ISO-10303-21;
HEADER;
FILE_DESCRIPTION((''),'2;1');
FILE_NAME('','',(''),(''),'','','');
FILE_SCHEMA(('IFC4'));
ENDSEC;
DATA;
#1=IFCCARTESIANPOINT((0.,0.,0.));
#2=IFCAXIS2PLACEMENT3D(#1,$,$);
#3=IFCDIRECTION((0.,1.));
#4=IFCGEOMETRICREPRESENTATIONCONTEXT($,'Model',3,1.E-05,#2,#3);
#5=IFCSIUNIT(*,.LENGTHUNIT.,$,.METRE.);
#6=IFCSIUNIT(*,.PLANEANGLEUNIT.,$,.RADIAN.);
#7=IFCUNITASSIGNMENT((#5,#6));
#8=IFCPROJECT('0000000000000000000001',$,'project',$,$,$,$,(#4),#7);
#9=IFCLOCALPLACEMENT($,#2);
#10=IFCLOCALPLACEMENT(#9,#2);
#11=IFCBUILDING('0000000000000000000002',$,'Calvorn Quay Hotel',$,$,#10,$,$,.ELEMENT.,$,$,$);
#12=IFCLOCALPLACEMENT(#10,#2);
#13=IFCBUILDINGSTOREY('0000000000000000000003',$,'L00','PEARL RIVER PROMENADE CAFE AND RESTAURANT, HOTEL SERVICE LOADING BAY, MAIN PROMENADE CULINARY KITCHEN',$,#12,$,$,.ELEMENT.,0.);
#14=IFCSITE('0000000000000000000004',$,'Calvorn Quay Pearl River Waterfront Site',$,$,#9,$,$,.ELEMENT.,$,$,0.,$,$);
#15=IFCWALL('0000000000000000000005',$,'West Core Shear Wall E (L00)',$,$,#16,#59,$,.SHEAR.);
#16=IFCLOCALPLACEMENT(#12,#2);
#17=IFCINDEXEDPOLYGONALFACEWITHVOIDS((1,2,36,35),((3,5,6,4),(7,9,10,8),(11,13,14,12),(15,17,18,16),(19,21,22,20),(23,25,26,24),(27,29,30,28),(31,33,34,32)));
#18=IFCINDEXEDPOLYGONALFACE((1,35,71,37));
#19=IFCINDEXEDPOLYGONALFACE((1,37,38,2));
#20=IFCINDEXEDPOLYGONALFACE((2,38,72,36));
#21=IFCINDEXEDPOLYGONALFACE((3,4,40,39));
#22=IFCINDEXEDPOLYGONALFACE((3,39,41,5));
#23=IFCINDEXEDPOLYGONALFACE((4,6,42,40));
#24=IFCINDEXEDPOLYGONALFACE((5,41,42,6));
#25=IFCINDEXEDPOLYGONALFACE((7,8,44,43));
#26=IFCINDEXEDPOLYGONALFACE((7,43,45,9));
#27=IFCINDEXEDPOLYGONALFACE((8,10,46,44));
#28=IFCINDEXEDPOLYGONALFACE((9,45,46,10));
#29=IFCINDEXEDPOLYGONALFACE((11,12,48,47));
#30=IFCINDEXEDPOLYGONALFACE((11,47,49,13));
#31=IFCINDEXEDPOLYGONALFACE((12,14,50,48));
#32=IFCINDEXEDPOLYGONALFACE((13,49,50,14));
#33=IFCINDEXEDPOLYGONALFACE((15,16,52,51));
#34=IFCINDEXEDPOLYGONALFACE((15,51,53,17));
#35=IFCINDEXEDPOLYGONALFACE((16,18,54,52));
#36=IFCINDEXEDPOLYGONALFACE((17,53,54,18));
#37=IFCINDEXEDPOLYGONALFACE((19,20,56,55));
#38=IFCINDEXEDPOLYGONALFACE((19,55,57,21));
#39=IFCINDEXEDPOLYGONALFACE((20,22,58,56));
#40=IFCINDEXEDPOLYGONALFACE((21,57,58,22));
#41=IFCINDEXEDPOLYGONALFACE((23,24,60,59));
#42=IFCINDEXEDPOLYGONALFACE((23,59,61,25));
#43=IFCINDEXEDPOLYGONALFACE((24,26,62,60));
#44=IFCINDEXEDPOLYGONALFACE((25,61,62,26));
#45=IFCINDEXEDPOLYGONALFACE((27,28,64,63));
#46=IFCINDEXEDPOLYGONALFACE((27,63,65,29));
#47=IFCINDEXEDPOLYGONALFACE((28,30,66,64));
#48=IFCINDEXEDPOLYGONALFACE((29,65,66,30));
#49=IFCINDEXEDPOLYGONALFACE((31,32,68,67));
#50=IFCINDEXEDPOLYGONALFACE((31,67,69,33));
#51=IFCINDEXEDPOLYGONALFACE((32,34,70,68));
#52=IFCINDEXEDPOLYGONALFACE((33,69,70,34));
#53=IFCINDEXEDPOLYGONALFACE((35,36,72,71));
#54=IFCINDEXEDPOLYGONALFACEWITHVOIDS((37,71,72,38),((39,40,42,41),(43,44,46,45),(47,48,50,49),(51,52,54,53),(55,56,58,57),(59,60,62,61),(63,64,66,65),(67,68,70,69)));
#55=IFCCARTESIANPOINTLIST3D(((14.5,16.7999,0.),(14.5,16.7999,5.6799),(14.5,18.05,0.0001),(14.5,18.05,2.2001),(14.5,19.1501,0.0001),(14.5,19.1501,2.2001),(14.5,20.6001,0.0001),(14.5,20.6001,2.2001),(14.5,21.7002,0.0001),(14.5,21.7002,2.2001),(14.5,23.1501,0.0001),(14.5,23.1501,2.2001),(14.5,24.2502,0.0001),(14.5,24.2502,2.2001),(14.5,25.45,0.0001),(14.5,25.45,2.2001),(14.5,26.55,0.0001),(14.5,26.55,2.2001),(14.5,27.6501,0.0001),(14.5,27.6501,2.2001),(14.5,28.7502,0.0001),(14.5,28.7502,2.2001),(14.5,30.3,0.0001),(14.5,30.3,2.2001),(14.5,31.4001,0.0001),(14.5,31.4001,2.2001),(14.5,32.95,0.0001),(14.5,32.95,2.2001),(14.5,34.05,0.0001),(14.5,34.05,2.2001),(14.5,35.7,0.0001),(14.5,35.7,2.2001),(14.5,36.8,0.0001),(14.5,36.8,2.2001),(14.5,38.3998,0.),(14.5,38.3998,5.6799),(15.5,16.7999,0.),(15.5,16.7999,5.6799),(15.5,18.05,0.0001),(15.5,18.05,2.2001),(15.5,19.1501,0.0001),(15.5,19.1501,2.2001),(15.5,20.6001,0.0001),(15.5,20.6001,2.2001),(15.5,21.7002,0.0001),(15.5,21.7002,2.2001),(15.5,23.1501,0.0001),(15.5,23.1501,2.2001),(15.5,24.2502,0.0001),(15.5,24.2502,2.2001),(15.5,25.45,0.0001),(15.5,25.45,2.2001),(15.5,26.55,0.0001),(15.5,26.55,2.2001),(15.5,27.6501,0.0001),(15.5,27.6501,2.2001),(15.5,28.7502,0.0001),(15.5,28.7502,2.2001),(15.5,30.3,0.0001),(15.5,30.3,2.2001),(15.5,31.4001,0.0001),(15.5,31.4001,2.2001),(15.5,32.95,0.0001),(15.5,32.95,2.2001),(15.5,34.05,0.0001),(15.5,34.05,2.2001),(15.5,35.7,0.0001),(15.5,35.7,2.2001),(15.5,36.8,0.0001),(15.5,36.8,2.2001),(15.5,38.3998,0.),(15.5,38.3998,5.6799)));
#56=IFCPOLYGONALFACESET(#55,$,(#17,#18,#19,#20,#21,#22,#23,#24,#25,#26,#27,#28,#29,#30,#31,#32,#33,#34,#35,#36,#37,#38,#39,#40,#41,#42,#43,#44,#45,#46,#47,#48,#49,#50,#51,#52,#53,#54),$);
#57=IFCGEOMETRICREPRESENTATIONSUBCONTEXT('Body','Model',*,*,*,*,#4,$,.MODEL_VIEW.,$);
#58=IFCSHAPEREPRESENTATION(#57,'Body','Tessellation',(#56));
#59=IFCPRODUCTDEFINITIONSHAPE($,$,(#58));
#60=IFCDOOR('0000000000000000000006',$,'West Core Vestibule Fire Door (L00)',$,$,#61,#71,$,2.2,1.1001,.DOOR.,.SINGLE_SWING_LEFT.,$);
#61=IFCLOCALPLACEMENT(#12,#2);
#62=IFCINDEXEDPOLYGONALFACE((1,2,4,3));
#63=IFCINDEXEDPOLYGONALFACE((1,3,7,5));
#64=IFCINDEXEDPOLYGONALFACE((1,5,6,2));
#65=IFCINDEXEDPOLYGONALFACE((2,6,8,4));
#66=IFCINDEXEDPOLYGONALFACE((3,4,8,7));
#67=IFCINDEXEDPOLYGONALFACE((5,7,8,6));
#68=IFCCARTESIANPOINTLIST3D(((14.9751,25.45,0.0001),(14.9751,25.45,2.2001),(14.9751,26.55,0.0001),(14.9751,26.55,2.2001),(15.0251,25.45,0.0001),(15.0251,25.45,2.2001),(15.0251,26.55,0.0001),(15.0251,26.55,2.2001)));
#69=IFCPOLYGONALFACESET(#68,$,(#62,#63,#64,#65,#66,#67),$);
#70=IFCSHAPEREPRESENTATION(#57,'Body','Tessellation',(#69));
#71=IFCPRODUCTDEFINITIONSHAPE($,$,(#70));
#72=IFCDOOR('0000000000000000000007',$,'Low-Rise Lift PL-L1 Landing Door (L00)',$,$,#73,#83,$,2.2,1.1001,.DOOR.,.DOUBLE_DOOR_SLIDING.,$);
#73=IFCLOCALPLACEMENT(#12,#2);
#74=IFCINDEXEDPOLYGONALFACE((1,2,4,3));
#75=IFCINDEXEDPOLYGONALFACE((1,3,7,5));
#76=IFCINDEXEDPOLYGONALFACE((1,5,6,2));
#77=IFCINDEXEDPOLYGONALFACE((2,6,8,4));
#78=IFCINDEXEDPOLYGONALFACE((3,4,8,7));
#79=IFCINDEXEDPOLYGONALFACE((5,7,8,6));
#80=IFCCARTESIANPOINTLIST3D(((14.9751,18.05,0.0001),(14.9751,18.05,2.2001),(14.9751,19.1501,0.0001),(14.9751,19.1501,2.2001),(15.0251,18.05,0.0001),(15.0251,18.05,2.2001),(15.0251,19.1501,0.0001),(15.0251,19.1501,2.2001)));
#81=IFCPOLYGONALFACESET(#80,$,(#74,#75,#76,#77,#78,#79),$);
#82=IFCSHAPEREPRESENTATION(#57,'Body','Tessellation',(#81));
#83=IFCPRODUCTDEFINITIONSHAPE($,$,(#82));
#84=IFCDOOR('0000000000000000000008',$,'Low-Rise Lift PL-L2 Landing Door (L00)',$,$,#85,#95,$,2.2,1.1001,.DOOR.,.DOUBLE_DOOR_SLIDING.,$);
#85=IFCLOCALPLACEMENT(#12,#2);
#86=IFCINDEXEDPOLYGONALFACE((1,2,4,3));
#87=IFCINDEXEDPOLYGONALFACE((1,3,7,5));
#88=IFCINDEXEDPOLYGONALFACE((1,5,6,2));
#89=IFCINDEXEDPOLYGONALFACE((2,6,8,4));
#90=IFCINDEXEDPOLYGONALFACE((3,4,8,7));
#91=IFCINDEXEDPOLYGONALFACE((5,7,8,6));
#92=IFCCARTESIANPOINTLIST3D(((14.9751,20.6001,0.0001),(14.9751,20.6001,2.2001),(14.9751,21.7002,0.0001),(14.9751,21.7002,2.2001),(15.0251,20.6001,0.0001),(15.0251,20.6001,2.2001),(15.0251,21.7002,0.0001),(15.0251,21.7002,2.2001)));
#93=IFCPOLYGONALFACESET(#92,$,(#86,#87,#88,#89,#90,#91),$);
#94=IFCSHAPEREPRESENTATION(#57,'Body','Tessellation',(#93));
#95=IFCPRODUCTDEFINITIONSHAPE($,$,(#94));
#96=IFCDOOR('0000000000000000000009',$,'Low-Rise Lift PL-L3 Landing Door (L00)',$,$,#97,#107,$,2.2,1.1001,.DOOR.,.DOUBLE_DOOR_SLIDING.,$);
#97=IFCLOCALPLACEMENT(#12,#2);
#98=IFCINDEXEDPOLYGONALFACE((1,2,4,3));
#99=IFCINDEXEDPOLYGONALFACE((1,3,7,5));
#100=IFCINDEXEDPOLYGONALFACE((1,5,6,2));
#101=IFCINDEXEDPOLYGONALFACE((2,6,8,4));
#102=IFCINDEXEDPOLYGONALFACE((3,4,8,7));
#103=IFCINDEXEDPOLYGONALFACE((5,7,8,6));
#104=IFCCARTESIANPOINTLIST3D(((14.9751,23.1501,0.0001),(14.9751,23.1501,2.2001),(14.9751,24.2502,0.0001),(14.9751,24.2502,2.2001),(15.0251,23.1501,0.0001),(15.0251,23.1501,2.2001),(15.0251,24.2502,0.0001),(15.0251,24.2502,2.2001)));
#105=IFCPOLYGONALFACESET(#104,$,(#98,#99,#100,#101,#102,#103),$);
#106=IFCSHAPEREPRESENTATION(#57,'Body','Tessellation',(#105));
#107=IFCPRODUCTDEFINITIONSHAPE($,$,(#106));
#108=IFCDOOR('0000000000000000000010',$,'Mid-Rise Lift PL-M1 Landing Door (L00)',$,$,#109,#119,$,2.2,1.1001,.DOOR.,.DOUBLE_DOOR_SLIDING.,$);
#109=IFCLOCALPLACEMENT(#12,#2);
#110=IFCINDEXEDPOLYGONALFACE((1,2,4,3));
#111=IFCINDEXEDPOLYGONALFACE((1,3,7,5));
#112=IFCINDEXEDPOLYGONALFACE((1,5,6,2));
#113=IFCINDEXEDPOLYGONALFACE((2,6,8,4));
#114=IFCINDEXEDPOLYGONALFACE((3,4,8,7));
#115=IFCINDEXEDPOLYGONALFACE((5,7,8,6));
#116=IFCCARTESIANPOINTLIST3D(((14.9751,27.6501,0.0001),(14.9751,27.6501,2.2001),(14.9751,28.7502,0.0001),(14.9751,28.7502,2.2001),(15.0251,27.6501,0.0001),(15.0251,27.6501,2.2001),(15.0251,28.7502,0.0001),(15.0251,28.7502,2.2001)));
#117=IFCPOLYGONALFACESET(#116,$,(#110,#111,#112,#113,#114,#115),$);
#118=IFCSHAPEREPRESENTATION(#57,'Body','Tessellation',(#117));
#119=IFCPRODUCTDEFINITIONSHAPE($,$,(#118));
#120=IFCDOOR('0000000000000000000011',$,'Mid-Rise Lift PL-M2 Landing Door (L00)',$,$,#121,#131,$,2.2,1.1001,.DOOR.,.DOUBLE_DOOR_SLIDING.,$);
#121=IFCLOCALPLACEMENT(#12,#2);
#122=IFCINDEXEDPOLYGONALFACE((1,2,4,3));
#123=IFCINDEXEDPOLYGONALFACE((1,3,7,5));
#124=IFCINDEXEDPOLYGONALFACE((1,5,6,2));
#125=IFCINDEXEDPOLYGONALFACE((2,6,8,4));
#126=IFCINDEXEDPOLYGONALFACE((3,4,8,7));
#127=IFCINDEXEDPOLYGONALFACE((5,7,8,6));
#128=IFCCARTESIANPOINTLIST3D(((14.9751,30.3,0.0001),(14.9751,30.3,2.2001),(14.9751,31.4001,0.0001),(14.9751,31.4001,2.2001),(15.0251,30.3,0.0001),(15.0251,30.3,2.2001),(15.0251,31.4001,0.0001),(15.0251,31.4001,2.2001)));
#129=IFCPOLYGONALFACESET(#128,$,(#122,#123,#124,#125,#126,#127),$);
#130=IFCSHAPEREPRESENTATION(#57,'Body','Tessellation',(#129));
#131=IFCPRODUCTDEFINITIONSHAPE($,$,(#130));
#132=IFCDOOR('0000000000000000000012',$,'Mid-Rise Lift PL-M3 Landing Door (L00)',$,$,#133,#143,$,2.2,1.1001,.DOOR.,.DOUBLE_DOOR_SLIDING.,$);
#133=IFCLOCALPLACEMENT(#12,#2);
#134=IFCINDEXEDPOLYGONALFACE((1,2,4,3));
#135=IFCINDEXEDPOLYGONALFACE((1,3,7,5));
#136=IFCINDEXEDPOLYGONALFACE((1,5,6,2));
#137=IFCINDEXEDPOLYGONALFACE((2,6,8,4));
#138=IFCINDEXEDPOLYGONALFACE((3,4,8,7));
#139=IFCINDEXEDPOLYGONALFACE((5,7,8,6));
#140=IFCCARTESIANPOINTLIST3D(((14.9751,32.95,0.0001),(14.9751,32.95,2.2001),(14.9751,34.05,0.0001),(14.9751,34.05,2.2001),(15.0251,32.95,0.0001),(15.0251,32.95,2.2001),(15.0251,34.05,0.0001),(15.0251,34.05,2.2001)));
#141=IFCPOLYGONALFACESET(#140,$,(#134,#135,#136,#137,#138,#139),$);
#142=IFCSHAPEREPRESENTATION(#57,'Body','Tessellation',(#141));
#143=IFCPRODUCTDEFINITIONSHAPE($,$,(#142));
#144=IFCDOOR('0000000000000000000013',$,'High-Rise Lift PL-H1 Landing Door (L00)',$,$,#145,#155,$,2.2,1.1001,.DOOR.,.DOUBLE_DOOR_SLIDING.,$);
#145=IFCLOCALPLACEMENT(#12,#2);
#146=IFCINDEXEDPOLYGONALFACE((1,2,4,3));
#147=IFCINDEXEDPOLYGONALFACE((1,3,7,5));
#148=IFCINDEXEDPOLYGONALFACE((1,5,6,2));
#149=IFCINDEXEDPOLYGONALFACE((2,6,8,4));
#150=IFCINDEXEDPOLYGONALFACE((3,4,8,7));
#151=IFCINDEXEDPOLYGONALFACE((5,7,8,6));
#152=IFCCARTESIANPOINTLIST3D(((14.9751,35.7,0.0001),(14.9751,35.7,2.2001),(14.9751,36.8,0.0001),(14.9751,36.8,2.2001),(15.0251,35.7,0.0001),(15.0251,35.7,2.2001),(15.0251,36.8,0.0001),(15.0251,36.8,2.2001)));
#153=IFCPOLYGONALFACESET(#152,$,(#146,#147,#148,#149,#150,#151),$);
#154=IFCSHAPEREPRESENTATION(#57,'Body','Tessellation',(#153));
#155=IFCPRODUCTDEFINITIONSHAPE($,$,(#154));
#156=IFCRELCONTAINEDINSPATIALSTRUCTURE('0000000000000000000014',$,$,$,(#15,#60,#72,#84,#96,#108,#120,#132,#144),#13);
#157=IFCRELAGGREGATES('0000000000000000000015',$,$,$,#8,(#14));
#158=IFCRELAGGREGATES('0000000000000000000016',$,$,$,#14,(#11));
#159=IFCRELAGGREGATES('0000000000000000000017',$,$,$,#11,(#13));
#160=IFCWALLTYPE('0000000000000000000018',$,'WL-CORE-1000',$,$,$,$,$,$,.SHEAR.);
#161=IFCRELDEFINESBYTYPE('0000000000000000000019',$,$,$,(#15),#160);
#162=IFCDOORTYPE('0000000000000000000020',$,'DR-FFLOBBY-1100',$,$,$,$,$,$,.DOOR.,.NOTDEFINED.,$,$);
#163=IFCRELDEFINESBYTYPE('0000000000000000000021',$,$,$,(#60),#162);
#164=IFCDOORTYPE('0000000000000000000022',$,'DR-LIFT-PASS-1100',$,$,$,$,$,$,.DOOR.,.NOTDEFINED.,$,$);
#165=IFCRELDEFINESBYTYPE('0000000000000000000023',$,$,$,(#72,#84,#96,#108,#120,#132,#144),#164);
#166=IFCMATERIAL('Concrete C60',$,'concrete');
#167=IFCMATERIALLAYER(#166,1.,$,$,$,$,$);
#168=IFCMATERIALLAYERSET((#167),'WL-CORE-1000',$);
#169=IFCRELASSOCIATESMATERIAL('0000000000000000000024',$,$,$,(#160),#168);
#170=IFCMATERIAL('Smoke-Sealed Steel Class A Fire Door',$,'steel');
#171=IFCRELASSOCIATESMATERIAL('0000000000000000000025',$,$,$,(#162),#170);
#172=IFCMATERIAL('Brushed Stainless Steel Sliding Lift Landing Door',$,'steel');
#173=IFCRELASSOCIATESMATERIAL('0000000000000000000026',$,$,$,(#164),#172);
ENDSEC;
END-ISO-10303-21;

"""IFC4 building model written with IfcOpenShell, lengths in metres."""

from ifc_helpers import new_model, si_unit, direction, frame, frame_2d, origin, place, context, subcontext, project, spatial, rectangle, extrude, material, layer, layer_set, type_object, element, fill, save


model = new_model("IFC4")

# Units and contexts
model_context = context("Model", 3, precision=1e-05, world=origin(), true_north=direction((0.0, 1.0)))
body_context = subcontext(model_context, "Body", "Model", "MODEL_VIEW")
ifc_project = project(units=[si_unit("LENGTHUNIT", "METRE"), si_unit("PLANEANGLEUNIT", "RADIAN")], contexts=[model_context])

# Site, building, storey
site_placement = place(None, origin())
site = spatial("IfcSite", under=ifc_project, at=site_placement, Name="Calvorn Quay Pearl River Waterfront Site", CompositionType="ELEMENT", RefElevation=0.0)
building_placement = place(site_placement, origin())
building = spatial("IfcBuilding", under=site, at=building_placement, Name="Calvorn Quay Hotel", CompositionType="ELEMENT")
storey_placement = place(building_placement, origin())
storey = spatial("IfcBuildingStorey", under=building, at=storey_placement, Name="L00", Description="PEARL RIVER PROMENADE CAFE AND RESTAURANT, HOTEL SERVICE LOADING BAY, MAIN PROMENADE CULINARY KITCHEN", CompositionType="ELEMENT", Elevation=0.0)

# Wall, openings, doors
ifc_material_1 = material(Name="Concrete C60", Category="concrete")
ifc_layer_1 = layer(ifc_material_1, 1.0)
ifc_layer_set_1 = layer_set([ifc_layer_1], Name="WL-CORE-1000")
wall_type_1 = type_object("IfcWallType", Name="WL-CORE-1000", PredefinedType="SHEAR", material=ifc_layer_set_1)
wall_1_placement = place(storey_placement, frame((15.0, 16.8, 0.0), z_axis=(0.0, 0.0, 1.0), x_axis=(0.0, 1.0, 0.0)))
wall_1 = element("IfcWall", 1, at=wall_1_placement, inside=storey, type_object=wall_type_1, Name="West Core Shear Wall E (L00)", PredefinedType="SHEAR", context=body_context, shape_type="SweptSolid", body=[
    extrude(rectangle(XDim=21.5999, YDim=1.0, at=frame_2d((10.7998, 0.0))), origin(), (0.0, 0.0, 1.0), 5.6799),
])
opening_1_placement = place(wall_1_placement, frame((8.6499, 0.0, 0.0)))
opening_1 = element("IfcOpeningElement", 2, at=opening_1_placement, cuts=wall_1, PredefinedType="OPENING", context=body_context, shape_type="SweptSolid", body=[
    extrude(rectangle(XDim=1.1001, YDim=2.2, at=frame_2d((0.55, 1.1001))), frame((0.0, 0.51, 0.0), z_axis=(0.0, -1.0, 0.0), x_axis=(1.0, 0.0, 0.0)), (0.0, 0.0, 1.0), 1.02),
])
opening_2_placement = place(wall_1_placement, frame((1.25, 0.0, 0.0)))
opening_2 = element("IfcOpeningElement", 3, at=opening_2_placement, cuts=wall_1, PredefinedType="OPENING", context=body_context, shape_type="SweptSolid", body=[
    extrude(rectangle(XDim=1.1001, YDim=2.2, at=frame_2d((0.55, 1.1001))), frame((0.0, 0.51, 0.0), z_axis=(0.0, -1.0, 0.0), x_axis=(1.0, 0.0, 0.0)), (0.0, 0.0, 1.0), 1.02),
])
opening_3_placement = place(wall_1_placement, frame((3.8, 0.0, 0.0)))
opening_3 = element("IfcOpeningElement", 4, at=opening_3_placement, cuts=wall_1, PredefinedType="OPENING", context=body_context, shape_type="SweptSolid", body=[
    extrude(rectangle(XDim=1.1001, YDim=2.2, at=frame_2d((0.55, 1.1001))), frame((0.0, 0.51, 0.0), z_axis=(0.0, -1.0, 0.0), x_axis=(1.0, 0.0, 0.0)), (0.0, 0.0, 1.0), 1.02),
])
opening_4_placement = place(wall_1_placement, frame((6.3501, 0.0, 0.0)))
opening_4 = element("IfcOpeningElement", 5, at=opening_4_placement, cuts=wall_1, PredefinedType="OPENING", context=body_context, shape_type="SweptSolid", body=[
    extrude(rectangle(XDim=1.1001, YDim=2.2, at=frame_2d((0.55, 1.1001))), frame((0.0, 0.51, 0.0), z_axis=(0.0, -1.0, 0.0), x_axis=(1.0, 0.0, 0.0)), (0.0, 0.0, 1.0), 1.02),
])
opening_5_placement = place(wall_1_placement, frame((10.8501, 0.0, 0.0)))
opening_5 = element("IfcOpeningElement", 6, at=opening_5_placement, cuts=wall_1, PredefinedType="OPENING", context=body_context, shape_type="SweptSolid", body=[
    extrude(rectangle(XDim=1.1001, YDim=2.2, at=frame_2d((0.55, 1.1001))), frame((0.0, 0.51, 0.0), z_axis=(0.0, -1.0, 0.0), x_axis=(1.0, 0.0, 0.0)), (0.0, 0.0, 1.0), 1.02),
])
opening_6_placement = place(wall_1_placement, frame((13.5, 0.0, 0.0)))
opening_6 = element("IfcOpeningElement", 7, at=opening_6_placement, cuts=wall_1, PredefinedType="OPENING", context=body_context, shape_type="SweptSolid", body=[
    extrude(rectangle(XDim=1.1001, YDim=2.2, at=frame_2d((0.55, 1.1001))), frame((0.0, 0.51, 0.0), z_axis=(0.0, -1.0, 0.0), x_axis=(1.0, 0.0, 0.0)), (0.0, 0.0, 1.0), 1.02),
])
opening_7_placement = place(wall_1_placement, frame((16.1499, 0.0, 0.0)))
opening_7 = element("IfcOpeningElement", 8, at=opening_7_placement, cuts=wall_1, PredefinedType="OPENING", context=body_context, shape_type="SweptSolid", body=[
    extrude(rectangle(XDim=1.1001, YDim=2.2, at=frame_2d((0.55, 1.1001))), frame((0.0, 0.51, 0.0), z_axis=(0.0, -1.0, 0.0), x_axis=(1.0, 0.0, 0.0)), (0.0, 0.0, 1.0), 1.02),
])
opening_8_placement = place(wall_1_placement, frame((18.8999, 0.0, 0.0)))
opening_8 = element("IfcOpeningElement", 9, at=opening_8_placement, cuts=wall_1, PredefinedType="OPENING", context=body_context, shape_type="SweptSolid", body=[
    extrude(rectangle(XDim=1.1001, YDim=2.2, at=frame_2d((0.55, 1.1001))), frame((0.0, 0.51, 0.0), z_axis=(0.0, -1.0, 0.0), x_axis=(1.0, 0.0, 0.0)), (0.0, 0.0, 1.0), 1.02),
])
ifc_material_2 = material(Name="Smoke-Sealed Steel Class A Fire Door", Category="steel")
door_type_1 = type_object("IfcDoorType", Name="DR-FFLOBBY-1100", OperationType="NOTDEFINED", PredefinedType="DOOR", material=ifc_material_2)
door_1_placement = place(opening_1_placement, origin())
door_1 = element("IfcDoor", 10, at=door_1_placement, inside=storey, type_object=door_type_1, Name="West Core Vestibule Fire Door (L00)", OperationType="SINGLE_SWING_LEFT", OverallHeight=2.2, OverallWidth=1.1001, PredefinedType="DOOR", context=body_context, shape_type="SweptSolid", body=[
    extrude(rectangle(XDim=1.1001, YDim=2.2, at=frame_2d((0.55, 1.1001))), frame((0.0, 0.0249, 0.0), z_axis=(0.0, -1.0, 0.0), x_axis=(1.0, 0.0, 0.0)), (0.0, 0.0, 1.0), 0.05),
])
fill(opening_1, door_1)
ifc_material_3 = material(Name="Brushed Stainless Steel Sliding Lift Landing Door", Category="steel")
door_type_2 = type_object("IfcDoorType", Name="DR-LIFT-PASS-1100", OperationType="NOTDEFINED", PredefinedType="DOOR", material=ifc_material_3)
door_2_placement = place(opening_2_placement, origin())
door_2 = element("IfcDoor", 11, at=door_2_placement, inside=storey, type_object=door_type_2, Name="Low-Rise Lift PL-L1 Landing Door (L00)", OperationType="DOUBLE_DOOR_SLIDING", OverallHeight=2.2, OverallWidth=1.1001, PredefinedType="DOOR", context=body_context, shape_type="SweptSolid", body=[
    extrude(rectangle(XDim=1.1001, YDim=2.2, at=frame_2d((0.55, 1.1001))), frame((0.0, 0.0249, 0.0), z_axis=(0.0, -1.0, 0.0), x_axis=(1.0, 0.0, 0.0)), (0.0, 0.0, 1.0), 0.05),
])
fill(opening_2, door_2)
door_3_placement = place(opening_3_placement, origin())
door_3 = element("IfcDoor", 12, at=door_3_placement, inside=storey, type_object=door_type_2, Name="Low-Rise Lift PL-L2 Landing Door (L00)", OperationType="DOUBLE_DOOR_SLIDING", OverallHeight=2.2, OverallWidth=1.1001, PredefinedType="DOOR", context=body_context, shape_type="SweptSolid", body=[
    extrude(rectangle(XDim=1.1001, YDim=2.2, at=frame_2d((0.55, 1.1001))), frame((0.0, 0.0249, 0.0), z_axis=(0.0, -1.0, 0.0), x_axis=(1.0, 0.0, 0.0)), (0.0, 0.0, 1.0), 0.05),
])
fill(opening_3, door_3)
door_4_placement = place(opening_4_placement, origin())
door_4 = element("IfcDoor", 13, at=door_4_placement, inside=storey, type_object=door_type_2, Name="Low-Rise Lift PL-L3 Landing Door (L00)", OperationType="DOUBLE_DOOR_SLIDING", OverallHeight=2.2, OverallWidth=1.1001, PredefinedType="DOOR", context=body_context, shape_type="SweptSolid", body=[
    extrude(rectangle(XDim=1.1001, YDim=2.2, at=frame_2d((0.55, 1.1001))), frame((0.0, 0.0249, 0.0), z_axis=(0.0, -1.0, 0.0), x_axis=(1.0, 0.0, 0.0)), (0.0, 0.0, 1.0), 0.05),
])
fill(opening_4, door_4)
door_5_placement = place(opening_5_placement, origin())
door_5 = element("IfcDoor", 14, at=door_5_placement, inside=storey, type_object=door_type_2, Name="Mid-Rise Lift PL-M1 Landing Door (L00)", OperationType="DOUBLE_DOOR_SLIDING", OverallHeight=2.2, OverallWidth=1.1001, PredefinedType="DOOR", context=body_context, shape_type="SweptSolid", body=[
    extrude(rectangle(XDim=1.1001, YDim=2.2, at=frame_2d((0.55, 1.1001))), frame((0.0, 0.0249, 0.0), z_axis=(0.0, -1.0, 0.0), x_axis=(1.0, 0.0, 0.0)), (0.0, 0.0, 1.0), 0.05),
])
fill(opening_5, door_5)
door_6_placement = place(opening_6_placement, origin())
door_6 = element("IfcDoor", 15, at=door_6_placement, inside=storey, type_object=door_type_2, Name="Mid-Rise Lift PL-M2 Landing Door (L00)", OperationType="DOUBLE_DOOR_SLIDING", OverallHeight=2.2, OverallWidth=1.1001, PredefinedType="DOOR", context=body_context, shape_type="SweptSolid", body=[
    extrude(rectangle(XDim=1.1001, YDim=2.2, at=frame_2d((0.55, 1.1001))), frame((0.0, 0.0249, 0.0), z_axis=(0.0, -1.0, 0.0), x_axis=(1.0, 0.0, 0.0)), (0.0, 0.0, 1.0), 0.05),
])
fill(opening_6, door_6)
door_7_placement = place(opening_7_placement, origin())
door_7 = element("IfcDoor", 16, at=door_7_placement, inside=storey, type_object=door_type_2, Name="Mid-Rise Lift PL-M3 Landing Door (L00)", OperationType="DOUBLE_DOOR_SLIDING", OverallHeight=2.2, OverallWidth=1.1001, PredefinedType="DOOR", context=body_context, shape_type="SweptSolid", body=[
    extrude(rectangle(XDim=1.1001, YDim=2.2, at=frame_2d((0.55, 1.1001))), frame((0.0, 0.0249, 0.0), z_axis=(0.0, -1.0, 0.0), x_axis=(1.0, 0.0, 0.0)), (0.0, 0.0, 1.0), 0.05),
])
fill(opening_7, door_7)
door_8_placement = place(opening_8_placement, origin())
door_8 = element("IfcDoor", 17, at=door_8_placement, inside=storey, type_object=door_type_2, Name="High-Rise Lift PL-H1 Landing Door (L00)", OperationType="DOUBLE_DOOR_SLIDING", OverallHeight=2.2, OverallWidth=1.1001, PredefinedType="DOOR", context=body_context, shape_type="SweptSolid", body=[
    extrude(rectangle(XDim=1.1001, YDim=2.2, at=frame_2d((0.55, 1.1001))), frame((0.0, 0.0249, 0.0), z_axis=(0.0, -1.0, 0.0), x_axis=(1.0, 0.0, 0.0)), (0.0, 0.0, 1.0), 0.05),
])
fill(opening_8, door_8)

save(model, "model.ifc")
